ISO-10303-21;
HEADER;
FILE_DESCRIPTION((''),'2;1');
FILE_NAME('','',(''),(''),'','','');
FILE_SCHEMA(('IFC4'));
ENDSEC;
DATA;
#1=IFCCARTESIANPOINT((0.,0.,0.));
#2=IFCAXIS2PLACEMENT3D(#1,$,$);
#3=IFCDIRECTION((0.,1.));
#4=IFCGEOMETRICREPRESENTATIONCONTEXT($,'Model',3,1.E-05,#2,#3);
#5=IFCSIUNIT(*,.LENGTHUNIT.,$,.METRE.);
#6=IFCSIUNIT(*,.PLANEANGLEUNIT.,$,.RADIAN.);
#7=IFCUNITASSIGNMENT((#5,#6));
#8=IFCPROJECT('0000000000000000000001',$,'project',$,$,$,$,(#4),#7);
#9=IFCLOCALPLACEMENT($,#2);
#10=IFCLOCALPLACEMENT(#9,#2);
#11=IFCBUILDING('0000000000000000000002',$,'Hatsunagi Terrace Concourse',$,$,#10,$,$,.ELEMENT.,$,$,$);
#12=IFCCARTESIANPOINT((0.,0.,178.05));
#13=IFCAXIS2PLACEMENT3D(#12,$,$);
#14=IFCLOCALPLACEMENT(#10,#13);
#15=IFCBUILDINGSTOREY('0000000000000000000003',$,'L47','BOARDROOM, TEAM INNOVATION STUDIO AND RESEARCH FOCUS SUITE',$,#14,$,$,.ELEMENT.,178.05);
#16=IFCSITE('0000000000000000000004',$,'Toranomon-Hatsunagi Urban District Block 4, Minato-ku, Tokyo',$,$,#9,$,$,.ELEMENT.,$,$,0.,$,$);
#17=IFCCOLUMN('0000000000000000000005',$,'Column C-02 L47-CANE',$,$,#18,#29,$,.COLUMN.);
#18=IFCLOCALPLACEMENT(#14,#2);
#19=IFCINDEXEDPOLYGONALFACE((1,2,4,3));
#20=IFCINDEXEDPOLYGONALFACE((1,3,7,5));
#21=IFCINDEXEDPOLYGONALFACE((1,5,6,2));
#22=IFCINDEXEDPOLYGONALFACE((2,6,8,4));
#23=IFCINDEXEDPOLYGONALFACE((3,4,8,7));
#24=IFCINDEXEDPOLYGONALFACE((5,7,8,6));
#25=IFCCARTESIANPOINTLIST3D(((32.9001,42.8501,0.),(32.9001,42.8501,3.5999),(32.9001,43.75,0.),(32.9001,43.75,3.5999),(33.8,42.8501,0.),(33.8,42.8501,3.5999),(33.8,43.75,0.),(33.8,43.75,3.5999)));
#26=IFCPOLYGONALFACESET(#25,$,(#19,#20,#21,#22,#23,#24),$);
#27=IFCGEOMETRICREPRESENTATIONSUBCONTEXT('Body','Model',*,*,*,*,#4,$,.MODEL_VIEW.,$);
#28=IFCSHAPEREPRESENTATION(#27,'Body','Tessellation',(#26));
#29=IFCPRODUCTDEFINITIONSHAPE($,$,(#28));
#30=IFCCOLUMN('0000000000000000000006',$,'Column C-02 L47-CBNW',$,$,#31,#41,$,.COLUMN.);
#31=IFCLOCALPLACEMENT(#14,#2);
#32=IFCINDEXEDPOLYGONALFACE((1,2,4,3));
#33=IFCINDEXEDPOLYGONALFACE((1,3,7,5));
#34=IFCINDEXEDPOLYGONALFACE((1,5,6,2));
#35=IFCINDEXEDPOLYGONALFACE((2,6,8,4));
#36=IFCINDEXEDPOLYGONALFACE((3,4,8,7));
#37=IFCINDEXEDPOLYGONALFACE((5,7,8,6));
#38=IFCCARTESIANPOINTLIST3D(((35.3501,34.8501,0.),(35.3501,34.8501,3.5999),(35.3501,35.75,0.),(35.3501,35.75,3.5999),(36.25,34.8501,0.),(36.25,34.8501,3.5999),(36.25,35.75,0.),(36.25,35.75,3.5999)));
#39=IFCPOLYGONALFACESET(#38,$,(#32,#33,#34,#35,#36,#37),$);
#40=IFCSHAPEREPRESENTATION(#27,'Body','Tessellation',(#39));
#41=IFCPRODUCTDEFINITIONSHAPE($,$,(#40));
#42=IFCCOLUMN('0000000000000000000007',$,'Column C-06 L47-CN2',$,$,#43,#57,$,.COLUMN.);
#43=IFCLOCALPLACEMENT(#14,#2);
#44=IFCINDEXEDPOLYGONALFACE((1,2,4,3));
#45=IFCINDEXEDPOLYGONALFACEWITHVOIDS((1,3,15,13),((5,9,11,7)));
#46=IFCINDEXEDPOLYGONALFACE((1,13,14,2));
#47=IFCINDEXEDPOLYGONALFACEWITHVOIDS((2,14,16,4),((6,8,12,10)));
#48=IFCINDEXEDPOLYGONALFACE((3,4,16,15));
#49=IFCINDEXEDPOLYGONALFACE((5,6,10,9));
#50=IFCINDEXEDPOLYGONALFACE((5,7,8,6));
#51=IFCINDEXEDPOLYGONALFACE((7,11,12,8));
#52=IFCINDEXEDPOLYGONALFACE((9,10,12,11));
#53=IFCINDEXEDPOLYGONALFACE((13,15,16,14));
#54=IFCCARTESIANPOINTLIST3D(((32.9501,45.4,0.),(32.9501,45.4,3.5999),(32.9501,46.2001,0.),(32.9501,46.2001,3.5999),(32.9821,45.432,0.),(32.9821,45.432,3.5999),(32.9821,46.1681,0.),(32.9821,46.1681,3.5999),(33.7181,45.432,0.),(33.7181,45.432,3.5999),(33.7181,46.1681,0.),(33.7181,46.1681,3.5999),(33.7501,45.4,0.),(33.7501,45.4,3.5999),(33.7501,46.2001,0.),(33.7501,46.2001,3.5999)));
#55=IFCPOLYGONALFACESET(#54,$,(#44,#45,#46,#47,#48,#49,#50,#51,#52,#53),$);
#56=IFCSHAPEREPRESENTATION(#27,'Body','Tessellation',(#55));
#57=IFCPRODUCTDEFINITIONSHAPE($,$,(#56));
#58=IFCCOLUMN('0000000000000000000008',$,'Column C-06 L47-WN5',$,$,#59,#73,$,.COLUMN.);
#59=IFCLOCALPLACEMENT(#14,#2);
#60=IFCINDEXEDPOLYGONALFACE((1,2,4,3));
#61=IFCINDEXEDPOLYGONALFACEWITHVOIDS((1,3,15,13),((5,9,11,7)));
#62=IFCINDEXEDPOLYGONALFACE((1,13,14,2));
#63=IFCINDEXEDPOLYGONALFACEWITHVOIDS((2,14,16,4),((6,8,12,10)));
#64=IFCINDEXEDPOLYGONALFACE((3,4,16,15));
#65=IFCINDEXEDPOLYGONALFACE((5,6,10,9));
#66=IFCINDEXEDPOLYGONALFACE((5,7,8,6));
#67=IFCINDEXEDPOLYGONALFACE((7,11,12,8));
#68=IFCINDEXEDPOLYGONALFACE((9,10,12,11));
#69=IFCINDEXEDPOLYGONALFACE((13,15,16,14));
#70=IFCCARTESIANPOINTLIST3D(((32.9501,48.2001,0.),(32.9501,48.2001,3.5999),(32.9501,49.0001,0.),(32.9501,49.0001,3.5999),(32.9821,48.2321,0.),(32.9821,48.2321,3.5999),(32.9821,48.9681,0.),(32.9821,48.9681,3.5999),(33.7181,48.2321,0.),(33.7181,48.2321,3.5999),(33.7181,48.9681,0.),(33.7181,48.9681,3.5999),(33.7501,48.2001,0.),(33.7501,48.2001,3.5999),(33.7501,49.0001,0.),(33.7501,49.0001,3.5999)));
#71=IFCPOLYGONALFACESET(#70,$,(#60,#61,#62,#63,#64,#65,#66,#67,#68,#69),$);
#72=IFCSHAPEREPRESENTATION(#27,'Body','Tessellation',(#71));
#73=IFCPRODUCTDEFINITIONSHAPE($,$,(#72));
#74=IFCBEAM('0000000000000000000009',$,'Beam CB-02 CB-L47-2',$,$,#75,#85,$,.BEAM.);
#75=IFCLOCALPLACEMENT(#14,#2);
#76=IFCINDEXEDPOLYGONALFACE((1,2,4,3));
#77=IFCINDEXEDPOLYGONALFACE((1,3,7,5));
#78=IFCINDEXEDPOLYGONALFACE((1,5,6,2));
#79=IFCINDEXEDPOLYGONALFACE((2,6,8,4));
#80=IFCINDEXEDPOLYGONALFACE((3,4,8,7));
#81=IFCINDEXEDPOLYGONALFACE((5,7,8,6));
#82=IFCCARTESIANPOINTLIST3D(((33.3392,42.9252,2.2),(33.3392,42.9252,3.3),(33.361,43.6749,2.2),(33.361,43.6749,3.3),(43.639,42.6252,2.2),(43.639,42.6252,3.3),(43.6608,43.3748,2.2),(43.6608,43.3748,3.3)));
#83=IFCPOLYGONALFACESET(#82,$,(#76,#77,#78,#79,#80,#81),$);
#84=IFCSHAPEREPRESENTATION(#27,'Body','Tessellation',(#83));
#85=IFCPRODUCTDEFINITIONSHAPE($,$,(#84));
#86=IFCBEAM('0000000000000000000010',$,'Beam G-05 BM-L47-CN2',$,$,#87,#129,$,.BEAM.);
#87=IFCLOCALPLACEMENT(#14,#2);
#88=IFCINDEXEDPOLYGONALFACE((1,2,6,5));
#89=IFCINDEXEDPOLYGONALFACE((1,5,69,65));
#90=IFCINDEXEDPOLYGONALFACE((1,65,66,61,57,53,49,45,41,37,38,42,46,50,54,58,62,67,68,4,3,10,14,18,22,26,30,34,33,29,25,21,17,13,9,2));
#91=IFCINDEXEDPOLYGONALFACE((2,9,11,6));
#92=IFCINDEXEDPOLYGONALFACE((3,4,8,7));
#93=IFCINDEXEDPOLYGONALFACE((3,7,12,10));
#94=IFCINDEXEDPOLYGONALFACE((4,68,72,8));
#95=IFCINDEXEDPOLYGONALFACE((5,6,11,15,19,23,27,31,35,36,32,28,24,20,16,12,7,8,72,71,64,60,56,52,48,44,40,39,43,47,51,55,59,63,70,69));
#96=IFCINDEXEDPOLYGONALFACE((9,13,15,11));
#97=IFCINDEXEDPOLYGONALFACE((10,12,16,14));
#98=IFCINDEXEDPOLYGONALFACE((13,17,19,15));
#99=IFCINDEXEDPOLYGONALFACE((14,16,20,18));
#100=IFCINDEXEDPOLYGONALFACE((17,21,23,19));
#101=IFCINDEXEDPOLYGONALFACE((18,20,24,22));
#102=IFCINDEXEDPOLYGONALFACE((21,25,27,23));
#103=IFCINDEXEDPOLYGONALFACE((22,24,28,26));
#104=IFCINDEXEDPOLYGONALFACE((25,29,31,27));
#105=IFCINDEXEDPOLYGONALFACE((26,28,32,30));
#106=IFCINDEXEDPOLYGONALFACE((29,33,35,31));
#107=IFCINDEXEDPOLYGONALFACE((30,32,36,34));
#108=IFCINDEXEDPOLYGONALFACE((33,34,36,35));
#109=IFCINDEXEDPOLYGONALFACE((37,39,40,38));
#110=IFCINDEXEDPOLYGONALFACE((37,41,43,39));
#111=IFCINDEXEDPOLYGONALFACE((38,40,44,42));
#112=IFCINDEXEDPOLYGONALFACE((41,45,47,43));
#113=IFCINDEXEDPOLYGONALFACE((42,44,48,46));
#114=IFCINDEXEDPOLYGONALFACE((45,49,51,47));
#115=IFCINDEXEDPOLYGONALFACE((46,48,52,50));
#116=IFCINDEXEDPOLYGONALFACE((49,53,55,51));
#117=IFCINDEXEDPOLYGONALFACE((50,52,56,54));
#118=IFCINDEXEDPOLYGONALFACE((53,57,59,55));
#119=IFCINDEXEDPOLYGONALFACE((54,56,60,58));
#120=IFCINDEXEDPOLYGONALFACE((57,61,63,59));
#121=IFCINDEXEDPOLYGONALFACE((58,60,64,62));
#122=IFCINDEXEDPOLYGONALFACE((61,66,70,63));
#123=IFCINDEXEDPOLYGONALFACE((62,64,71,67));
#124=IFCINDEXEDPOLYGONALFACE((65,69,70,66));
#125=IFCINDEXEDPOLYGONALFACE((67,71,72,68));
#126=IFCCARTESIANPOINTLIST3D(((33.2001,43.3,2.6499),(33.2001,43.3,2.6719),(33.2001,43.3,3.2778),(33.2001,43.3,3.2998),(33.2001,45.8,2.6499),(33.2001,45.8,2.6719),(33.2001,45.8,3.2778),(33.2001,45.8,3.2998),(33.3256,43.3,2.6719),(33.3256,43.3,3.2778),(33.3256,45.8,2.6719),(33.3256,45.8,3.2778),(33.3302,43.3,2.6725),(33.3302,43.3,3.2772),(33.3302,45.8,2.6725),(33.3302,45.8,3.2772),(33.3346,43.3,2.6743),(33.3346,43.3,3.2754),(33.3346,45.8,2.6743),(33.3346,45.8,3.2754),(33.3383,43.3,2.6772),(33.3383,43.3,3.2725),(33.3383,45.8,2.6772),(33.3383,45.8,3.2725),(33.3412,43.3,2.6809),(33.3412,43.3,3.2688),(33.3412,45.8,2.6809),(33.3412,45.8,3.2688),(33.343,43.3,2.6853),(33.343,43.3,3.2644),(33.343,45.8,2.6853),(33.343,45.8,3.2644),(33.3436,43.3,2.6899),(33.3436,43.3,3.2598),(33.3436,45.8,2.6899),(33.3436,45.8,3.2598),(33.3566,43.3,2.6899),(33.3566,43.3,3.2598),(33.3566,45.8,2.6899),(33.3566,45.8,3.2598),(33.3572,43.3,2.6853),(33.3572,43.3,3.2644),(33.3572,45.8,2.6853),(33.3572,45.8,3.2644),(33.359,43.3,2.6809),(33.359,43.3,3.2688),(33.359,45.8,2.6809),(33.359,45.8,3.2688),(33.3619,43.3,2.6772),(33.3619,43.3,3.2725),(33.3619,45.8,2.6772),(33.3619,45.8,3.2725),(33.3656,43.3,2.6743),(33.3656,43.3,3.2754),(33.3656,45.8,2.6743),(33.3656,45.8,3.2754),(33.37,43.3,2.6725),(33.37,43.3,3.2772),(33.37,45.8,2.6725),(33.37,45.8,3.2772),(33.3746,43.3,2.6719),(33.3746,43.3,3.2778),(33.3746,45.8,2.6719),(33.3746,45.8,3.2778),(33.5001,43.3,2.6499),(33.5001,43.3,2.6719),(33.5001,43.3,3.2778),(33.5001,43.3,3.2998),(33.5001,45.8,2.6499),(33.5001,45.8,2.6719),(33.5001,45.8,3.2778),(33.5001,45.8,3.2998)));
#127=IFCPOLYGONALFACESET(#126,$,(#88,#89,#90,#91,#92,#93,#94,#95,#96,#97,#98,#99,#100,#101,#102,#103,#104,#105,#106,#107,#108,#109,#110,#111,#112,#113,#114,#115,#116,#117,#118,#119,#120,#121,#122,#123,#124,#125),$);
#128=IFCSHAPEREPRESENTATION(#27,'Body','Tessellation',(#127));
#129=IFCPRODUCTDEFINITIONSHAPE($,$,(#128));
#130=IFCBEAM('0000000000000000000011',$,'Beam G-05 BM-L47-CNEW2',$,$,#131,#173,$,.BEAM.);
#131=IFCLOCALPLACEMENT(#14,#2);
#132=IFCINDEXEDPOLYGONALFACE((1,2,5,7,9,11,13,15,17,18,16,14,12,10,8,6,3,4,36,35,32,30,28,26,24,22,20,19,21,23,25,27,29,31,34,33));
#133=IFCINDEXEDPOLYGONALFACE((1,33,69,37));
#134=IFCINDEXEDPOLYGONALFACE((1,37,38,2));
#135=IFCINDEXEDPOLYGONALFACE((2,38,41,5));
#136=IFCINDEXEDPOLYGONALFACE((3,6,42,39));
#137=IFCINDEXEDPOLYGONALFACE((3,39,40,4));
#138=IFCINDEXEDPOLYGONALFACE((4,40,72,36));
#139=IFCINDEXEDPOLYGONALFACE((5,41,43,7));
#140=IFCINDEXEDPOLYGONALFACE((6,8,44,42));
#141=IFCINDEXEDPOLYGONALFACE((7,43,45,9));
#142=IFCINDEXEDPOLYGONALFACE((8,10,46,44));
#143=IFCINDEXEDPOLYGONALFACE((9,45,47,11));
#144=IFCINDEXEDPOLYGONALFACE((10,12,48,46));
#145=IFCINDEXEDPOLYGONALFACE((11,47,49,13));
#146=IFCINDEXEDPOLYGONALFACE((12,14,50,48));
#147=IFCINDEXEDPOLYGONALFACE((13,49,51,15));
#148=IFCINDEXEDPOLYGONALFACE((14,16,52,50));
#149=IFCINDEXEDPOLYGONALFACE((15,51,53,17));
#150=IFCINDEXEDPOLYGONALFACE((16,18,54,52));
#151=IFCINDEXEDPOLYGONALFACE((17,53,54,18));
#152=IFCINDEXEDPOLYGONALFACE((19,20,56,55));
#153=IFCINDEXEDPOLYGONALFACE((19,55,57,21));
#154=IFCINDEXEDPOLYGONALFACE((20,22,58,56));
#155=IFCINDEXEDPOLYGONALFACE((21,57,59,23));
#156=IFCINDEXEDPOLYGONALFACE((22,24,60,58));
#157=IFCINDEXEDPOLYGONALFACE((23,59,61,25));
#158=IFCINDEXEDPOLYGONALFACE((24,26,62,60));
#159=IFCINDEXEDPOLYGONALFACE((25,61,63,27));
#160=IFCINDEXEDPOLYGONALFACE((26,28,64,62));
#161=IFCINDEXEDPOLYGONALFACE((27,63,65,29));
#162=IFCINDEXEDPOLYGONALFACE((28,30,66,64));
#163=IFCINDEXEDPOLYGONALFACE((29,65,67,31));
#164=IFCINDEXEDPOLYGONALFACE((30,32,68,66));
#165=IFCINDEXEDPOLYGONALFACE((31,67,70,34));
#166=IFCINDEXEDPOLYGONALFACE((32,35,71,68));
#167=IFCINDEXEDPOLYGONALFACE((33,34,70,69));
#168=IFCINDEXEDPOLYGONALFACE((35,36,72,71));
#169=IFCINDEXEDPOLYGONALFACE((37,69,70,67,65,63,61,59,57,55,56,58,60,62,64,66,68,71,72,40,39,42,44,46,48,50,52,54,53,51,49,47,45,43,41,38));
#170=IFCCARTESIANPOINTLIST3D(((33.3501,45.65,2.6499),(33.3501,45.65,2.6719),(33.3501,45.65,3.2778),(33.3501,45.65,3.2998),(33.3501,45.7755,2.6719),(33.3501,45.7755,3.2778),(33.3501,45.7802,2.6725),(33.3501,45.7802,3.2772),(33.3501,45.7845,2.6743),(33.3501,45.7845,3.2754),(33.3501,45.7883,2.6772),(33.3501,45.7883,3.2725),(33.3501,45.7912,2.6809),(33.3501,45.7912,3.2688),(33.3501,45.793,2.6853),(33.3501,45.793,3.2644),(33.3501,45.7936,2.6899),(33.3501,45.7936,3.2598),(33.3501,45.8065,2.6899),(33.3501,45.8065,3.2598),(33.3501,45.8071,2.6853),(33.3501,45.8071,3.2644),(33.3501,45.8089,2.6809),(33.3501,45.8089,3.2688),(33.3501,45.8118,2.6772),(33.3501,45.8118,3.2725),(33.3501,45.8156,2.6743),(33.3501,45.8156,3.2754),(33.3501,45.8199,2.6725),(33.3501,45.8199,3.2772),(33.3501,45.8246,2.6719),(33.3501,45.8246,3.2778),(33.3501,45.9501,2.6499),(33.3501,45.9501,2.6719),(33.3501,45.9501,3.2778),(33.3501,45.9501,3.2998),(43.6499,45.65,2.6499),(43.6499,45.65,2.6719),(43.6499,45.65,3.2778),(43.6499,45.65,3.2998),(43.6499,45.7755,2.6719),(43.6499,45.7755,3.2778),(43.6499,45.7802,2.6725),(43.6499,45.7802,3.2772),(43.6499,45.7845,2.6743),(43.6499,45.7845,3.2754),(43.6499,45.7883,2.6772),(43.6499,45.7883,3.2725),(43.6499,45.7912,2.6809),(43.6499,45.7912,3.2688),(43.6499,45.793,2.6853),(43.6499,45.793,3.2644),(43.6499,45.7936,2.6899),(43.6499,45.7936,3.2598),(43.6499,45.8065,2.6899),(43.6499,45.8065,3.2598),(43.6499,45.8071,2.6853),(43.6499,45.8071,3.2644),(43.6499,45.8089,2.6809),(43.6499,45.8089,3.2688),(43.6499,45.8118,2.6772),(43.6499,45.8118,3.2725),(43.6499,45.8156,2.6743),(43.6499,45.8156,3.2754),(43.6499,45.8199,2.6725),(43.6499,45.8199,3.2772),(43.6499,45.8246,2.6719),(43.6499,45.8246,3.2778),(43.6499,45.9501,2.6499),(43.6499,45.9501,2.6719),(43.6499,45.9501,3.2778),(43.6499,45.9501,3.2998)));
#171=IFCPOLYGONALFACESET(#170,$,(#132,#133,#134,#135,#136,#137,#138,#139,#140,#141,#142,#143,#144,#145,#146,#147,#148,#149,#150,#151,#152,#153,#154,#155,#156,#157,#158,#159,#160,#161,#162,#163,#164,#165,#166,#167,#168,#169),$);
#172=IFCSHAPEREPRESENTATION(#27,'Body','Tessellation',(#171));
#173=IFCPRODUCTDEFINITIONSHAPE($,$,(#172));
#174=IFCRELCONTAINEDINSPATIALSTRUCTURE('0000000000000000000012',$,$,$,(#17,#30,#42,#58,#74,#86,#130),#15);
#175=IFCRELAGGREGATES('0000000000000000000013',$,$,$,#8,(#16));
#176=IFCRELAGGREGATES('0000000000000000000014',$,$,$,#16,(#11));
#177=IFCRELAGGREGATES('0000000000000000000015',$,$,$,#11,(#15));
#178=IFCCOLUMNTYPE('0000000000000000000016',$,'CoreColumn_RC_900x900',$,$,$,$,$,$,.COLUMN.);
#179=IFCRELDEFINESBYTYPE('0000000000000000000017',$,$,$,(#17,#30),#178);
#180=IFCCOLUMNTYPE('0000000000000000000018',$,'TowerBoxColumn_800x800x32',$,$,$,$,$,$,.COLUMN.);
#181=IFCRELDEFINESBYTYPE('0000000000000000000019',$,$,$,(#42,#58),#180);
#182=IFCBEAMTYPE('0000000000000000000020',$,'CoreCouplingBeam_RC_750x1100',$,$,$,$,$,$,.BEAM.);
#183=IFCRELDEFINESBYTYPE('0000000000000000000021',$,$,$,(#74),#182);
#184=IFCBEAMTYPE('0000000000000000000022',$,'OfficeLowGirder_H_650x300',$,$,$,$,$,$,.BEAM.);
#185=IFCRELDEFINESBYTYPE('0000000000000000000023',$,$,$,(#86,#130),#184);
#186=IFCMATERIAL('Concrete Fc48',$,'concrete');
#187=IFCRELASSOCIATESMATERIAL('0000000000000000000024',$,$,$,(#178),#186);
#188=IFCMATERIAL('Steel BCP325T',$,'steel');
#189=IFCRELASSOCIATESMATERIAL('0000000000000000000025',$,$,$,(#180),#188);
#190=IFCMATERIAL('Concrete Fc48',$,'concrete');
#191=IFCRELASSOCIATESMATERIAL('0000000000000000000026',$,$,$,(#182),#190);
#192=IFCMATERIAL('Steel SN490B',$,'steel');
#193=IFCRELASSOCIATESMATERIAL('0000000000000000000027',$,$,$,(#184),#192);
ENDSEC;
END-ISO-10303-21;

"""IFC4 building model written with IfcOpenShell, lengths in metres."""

from ifc_helpers import new_model, si_unit, direction, frame, origin, origin_2d, place, context, subcontext, project, spatial, rectangle, hollow_rectangle, i_section, extrude, material, material_profile, profile_set, type_object, element, save


model = new_model("IFC4")

# Units and contexts
model_context = context("Model", 3, precision=1e-05, world=origin(), true_north=direction((0.0, 1.0)))
body_context = subcontext(model_context, "Body", "Model", "MODEL_VIEW")
ifc_project = project(units=[si_unit("LENGTHUNIT", "METRE"), si_unit("PLANEANGLEUNIT", "RADIAN")], contexts=[model_context])

# Site, building, storey
site_placement = place(None, origin())
site = spatial("IfcSite", under=ifc_project, at=site_placement, Name="Toranomon-Hatsunagi Urban District Block 4, Minato-ku, Tokyo", CompositionType="ELEMENT", RefElevation=0.0)
building_placement = place(site_placement, origin())
building = spatial("IfcBuilding", under=site, at=building_placement, Name="Hatsunagi Terrace Concourse", CompositionType="ELEMENT")
storey_placement = place(building_placement, frame((0.0, 0.0, 178.05)))
storey = spatial("IfcBuildingStorey", under=building, at=storey_placement, Name="L47", Description="BOARDROOM, TEAM INNOVATION STUDIO AND RESEARCH FOCUS SUITE", CompositionType="ELEMENT", Elevation=178.05)

# Columns
ifc_material_1 = material(Name="Concrete Fc48", Category="concrete")
ifc_material_profile_1 = material_profile(ifc_material_1, rectangle(XDim=0.8999, YDim=0.8999, at=origin_2d()), Name="RC-900x900")
ifc_profile_set_1 = profile_set([ifc_material_profile_1], Name="Concrete Fc48")
column_type_1 = type_object("IfcColumnType", Name="CoreColumn_RC_900x900", PredefinedType="COLUMN", material=ifc_profile_set_1)
for number, where, z_axis, x_axis, name in (
    (1, (33.3501, 43.3, 0.0), (0.0, 0.0, 1.0), (1.0, 0.0, 0.0), "Column C-02 L47-CANE"),
    (2, (35.8, 35.3, 0.0), (0.0, 0.0, 1.0), (1.0, 0.0, 0.0), "Column C-02 L47-CBNW"),
):
    element("IfcColumn", number, at=place(storey_placement, frame(where, z_axis=z_axis, x_axis=x_axis)), inside=storey, type_object=column_type_1, Name=name, PredefinedType="COLUMN", context=body_context, shape_type="SweptSolid", body=[
        extrude(rectangle(XDim=0.8999, YDim=0.8999, at=origin_2d()), origin(), (0.0, 0.0, 1.0), 3.5999),
    ])
ifc_material_2 = material(Name="Steel BCP325T", Category="steel")
ifc_material_profile_2 = material_profile(ifc_material_2, hollow_rectangle(XDim=0.8, YDim=0.8, WallThickness=0.032, at=origin_2d()), Name="BCP-800x800x32")
ifc_profile_set_2 = profile_set([ifc_material_profile_2], Name="Steel BCP325T")
column_type_2 = type_object("IfcColumnType", Name="TowerBoxColumn_800x800x32", PredefinedType="COLUMN", material=ifc_profile_set_2)
for number, where, z_axis, x_axis, name in (
    (3, (33.3501, 45.8, 0.0), (0.0, 0.0, 1.0), (1.0, 0.0, 0.0), "Column C-06 L47-CN2"),
    (4, (33.3501, 48.6001, 0.0), (0.0, 0.0, 1.0), (1.0, 0.0, 0.0), "Column C-06 L47-WN5"),
):
    element("IfcColumn", number, at=place(storey_placement, frame(where, z_axis=z_axis, x_axis=x_axis)), inside=storey, type_object=column_type_2, Name=name, PredefinedType="COLUMN", context=body_context, shape_type="SweptSolid", body=[
        extrude(hollow_rectangle(XDim=0.8, YDim=0.8, WallThickness=0.032, at=origin_2d()), origin(), (0.0, 0.0, 1.0), 3.5999),
    ])

# Beams
ifc_material_3 = material(Name="Concrete Fc48", Category="concrete")
ifc_material_profile_3 = material_profile(ifc_material_3, rectangle(XDim=0.75, YDim=1.1001, at=origin_2d()), Name="RC-750x1100")
ifc_profile_set_3 = profile_set([ifc_material_profile_3], Name="Concrete Fc48")
beam_type_1 = type_object("IfcBeamType", Name="CoreCouplingBeam_RC_750x1100", PredefinedType="BEAM", material=ifc_profile_set_3)
beam_1_placement = place(storey_placement, frame((33.3501, 43.3, 2.75), z_axis=(0.999576, -0.029119, 0.0), x_axis=(0.029119, 0.999576, 0.0)))
element("IfcBeam", 5, at=beam_1_placement, inside=storey, type_object=beam_type_1, Name="Beam CB-02 CB-L47-2", PredefinedType="BEAM", context=body_context, shape_type="SweptSolid", body=[
    extrude(rectangle(XDim=0.75, YDim=1.1001, at=origin_2d()), origin(), (0.0, 0.0, 1.0), 10.3042),
])
ifc_material_4 = material(Name="Steel SN490B", Category="steel")
ifc_material_profile_4 = material_profile(ifc_material_4, i_section(OverallWidth=0.3, OverallDepth=0.6499, WebThickness=0.0129, FlangeThickness=0.022, FilletRadius=0.0181, at=origin_2d()), Name="H-650x300x13x22")
ifc_profile_set_4 = profile_set([ifc_material_profile_4], Name="Steel SN490B")
beam_type_2 = type_object("IfcBeamType", Name="OfficeLowGirder_H_650x300", PredefinedType="BEAM", material=ifc_profile_set_4)
beam_2_placement = place(storey_placement, frame((33.3501, 43.3, 2.9749), z_axis=(0.0, 1.0, 0.0), x_axis=(-1.0, 0.0, 0.0)))
element("IfcBeam", 6, at=beam_2_placement, inside=storey, type_object=beam_type_2, Name="Beam G-05 BM-L47-CN2", PredefinedType="BEAM", context=body_context, shape_type="SweptSolid", body=[
    extrude(i_section(OverallWidth=0.3, OverallDepth=0.6499, WebThickness=0.0129, FlangeThickness=0.022, FilletRadius=0.0181, at=origin_2d()), origin(), (0.0, 0.0, 1.0), 2.5),
])
beam_3_placement = place(storey_placement, frame((33.3501, 45.8, 2.9749), z_axis=(1.0, 0.0, 0.0), x_axis=(0.0, 1.0, 0.0)))
element("IfcBeam", 7, at=beam_3_placement, inside=storey, type_object=beam_type_2, Name="Beam G-05 BM-L47-CNEW2", PredefinedType="BEAM", context=body_context, shape_type="SweptSolid", body=[
    extrude(i_section(OverallWidth=0.3, OverallDepth=0.6499, WebThickness=0.0129, FlangeThickness=0.022, FilletRadius=0.0181, at=origin_2d()), origin(), (0.0, 0.0, 1.0), 10.2998),
])

save(model, "model.ifc")
